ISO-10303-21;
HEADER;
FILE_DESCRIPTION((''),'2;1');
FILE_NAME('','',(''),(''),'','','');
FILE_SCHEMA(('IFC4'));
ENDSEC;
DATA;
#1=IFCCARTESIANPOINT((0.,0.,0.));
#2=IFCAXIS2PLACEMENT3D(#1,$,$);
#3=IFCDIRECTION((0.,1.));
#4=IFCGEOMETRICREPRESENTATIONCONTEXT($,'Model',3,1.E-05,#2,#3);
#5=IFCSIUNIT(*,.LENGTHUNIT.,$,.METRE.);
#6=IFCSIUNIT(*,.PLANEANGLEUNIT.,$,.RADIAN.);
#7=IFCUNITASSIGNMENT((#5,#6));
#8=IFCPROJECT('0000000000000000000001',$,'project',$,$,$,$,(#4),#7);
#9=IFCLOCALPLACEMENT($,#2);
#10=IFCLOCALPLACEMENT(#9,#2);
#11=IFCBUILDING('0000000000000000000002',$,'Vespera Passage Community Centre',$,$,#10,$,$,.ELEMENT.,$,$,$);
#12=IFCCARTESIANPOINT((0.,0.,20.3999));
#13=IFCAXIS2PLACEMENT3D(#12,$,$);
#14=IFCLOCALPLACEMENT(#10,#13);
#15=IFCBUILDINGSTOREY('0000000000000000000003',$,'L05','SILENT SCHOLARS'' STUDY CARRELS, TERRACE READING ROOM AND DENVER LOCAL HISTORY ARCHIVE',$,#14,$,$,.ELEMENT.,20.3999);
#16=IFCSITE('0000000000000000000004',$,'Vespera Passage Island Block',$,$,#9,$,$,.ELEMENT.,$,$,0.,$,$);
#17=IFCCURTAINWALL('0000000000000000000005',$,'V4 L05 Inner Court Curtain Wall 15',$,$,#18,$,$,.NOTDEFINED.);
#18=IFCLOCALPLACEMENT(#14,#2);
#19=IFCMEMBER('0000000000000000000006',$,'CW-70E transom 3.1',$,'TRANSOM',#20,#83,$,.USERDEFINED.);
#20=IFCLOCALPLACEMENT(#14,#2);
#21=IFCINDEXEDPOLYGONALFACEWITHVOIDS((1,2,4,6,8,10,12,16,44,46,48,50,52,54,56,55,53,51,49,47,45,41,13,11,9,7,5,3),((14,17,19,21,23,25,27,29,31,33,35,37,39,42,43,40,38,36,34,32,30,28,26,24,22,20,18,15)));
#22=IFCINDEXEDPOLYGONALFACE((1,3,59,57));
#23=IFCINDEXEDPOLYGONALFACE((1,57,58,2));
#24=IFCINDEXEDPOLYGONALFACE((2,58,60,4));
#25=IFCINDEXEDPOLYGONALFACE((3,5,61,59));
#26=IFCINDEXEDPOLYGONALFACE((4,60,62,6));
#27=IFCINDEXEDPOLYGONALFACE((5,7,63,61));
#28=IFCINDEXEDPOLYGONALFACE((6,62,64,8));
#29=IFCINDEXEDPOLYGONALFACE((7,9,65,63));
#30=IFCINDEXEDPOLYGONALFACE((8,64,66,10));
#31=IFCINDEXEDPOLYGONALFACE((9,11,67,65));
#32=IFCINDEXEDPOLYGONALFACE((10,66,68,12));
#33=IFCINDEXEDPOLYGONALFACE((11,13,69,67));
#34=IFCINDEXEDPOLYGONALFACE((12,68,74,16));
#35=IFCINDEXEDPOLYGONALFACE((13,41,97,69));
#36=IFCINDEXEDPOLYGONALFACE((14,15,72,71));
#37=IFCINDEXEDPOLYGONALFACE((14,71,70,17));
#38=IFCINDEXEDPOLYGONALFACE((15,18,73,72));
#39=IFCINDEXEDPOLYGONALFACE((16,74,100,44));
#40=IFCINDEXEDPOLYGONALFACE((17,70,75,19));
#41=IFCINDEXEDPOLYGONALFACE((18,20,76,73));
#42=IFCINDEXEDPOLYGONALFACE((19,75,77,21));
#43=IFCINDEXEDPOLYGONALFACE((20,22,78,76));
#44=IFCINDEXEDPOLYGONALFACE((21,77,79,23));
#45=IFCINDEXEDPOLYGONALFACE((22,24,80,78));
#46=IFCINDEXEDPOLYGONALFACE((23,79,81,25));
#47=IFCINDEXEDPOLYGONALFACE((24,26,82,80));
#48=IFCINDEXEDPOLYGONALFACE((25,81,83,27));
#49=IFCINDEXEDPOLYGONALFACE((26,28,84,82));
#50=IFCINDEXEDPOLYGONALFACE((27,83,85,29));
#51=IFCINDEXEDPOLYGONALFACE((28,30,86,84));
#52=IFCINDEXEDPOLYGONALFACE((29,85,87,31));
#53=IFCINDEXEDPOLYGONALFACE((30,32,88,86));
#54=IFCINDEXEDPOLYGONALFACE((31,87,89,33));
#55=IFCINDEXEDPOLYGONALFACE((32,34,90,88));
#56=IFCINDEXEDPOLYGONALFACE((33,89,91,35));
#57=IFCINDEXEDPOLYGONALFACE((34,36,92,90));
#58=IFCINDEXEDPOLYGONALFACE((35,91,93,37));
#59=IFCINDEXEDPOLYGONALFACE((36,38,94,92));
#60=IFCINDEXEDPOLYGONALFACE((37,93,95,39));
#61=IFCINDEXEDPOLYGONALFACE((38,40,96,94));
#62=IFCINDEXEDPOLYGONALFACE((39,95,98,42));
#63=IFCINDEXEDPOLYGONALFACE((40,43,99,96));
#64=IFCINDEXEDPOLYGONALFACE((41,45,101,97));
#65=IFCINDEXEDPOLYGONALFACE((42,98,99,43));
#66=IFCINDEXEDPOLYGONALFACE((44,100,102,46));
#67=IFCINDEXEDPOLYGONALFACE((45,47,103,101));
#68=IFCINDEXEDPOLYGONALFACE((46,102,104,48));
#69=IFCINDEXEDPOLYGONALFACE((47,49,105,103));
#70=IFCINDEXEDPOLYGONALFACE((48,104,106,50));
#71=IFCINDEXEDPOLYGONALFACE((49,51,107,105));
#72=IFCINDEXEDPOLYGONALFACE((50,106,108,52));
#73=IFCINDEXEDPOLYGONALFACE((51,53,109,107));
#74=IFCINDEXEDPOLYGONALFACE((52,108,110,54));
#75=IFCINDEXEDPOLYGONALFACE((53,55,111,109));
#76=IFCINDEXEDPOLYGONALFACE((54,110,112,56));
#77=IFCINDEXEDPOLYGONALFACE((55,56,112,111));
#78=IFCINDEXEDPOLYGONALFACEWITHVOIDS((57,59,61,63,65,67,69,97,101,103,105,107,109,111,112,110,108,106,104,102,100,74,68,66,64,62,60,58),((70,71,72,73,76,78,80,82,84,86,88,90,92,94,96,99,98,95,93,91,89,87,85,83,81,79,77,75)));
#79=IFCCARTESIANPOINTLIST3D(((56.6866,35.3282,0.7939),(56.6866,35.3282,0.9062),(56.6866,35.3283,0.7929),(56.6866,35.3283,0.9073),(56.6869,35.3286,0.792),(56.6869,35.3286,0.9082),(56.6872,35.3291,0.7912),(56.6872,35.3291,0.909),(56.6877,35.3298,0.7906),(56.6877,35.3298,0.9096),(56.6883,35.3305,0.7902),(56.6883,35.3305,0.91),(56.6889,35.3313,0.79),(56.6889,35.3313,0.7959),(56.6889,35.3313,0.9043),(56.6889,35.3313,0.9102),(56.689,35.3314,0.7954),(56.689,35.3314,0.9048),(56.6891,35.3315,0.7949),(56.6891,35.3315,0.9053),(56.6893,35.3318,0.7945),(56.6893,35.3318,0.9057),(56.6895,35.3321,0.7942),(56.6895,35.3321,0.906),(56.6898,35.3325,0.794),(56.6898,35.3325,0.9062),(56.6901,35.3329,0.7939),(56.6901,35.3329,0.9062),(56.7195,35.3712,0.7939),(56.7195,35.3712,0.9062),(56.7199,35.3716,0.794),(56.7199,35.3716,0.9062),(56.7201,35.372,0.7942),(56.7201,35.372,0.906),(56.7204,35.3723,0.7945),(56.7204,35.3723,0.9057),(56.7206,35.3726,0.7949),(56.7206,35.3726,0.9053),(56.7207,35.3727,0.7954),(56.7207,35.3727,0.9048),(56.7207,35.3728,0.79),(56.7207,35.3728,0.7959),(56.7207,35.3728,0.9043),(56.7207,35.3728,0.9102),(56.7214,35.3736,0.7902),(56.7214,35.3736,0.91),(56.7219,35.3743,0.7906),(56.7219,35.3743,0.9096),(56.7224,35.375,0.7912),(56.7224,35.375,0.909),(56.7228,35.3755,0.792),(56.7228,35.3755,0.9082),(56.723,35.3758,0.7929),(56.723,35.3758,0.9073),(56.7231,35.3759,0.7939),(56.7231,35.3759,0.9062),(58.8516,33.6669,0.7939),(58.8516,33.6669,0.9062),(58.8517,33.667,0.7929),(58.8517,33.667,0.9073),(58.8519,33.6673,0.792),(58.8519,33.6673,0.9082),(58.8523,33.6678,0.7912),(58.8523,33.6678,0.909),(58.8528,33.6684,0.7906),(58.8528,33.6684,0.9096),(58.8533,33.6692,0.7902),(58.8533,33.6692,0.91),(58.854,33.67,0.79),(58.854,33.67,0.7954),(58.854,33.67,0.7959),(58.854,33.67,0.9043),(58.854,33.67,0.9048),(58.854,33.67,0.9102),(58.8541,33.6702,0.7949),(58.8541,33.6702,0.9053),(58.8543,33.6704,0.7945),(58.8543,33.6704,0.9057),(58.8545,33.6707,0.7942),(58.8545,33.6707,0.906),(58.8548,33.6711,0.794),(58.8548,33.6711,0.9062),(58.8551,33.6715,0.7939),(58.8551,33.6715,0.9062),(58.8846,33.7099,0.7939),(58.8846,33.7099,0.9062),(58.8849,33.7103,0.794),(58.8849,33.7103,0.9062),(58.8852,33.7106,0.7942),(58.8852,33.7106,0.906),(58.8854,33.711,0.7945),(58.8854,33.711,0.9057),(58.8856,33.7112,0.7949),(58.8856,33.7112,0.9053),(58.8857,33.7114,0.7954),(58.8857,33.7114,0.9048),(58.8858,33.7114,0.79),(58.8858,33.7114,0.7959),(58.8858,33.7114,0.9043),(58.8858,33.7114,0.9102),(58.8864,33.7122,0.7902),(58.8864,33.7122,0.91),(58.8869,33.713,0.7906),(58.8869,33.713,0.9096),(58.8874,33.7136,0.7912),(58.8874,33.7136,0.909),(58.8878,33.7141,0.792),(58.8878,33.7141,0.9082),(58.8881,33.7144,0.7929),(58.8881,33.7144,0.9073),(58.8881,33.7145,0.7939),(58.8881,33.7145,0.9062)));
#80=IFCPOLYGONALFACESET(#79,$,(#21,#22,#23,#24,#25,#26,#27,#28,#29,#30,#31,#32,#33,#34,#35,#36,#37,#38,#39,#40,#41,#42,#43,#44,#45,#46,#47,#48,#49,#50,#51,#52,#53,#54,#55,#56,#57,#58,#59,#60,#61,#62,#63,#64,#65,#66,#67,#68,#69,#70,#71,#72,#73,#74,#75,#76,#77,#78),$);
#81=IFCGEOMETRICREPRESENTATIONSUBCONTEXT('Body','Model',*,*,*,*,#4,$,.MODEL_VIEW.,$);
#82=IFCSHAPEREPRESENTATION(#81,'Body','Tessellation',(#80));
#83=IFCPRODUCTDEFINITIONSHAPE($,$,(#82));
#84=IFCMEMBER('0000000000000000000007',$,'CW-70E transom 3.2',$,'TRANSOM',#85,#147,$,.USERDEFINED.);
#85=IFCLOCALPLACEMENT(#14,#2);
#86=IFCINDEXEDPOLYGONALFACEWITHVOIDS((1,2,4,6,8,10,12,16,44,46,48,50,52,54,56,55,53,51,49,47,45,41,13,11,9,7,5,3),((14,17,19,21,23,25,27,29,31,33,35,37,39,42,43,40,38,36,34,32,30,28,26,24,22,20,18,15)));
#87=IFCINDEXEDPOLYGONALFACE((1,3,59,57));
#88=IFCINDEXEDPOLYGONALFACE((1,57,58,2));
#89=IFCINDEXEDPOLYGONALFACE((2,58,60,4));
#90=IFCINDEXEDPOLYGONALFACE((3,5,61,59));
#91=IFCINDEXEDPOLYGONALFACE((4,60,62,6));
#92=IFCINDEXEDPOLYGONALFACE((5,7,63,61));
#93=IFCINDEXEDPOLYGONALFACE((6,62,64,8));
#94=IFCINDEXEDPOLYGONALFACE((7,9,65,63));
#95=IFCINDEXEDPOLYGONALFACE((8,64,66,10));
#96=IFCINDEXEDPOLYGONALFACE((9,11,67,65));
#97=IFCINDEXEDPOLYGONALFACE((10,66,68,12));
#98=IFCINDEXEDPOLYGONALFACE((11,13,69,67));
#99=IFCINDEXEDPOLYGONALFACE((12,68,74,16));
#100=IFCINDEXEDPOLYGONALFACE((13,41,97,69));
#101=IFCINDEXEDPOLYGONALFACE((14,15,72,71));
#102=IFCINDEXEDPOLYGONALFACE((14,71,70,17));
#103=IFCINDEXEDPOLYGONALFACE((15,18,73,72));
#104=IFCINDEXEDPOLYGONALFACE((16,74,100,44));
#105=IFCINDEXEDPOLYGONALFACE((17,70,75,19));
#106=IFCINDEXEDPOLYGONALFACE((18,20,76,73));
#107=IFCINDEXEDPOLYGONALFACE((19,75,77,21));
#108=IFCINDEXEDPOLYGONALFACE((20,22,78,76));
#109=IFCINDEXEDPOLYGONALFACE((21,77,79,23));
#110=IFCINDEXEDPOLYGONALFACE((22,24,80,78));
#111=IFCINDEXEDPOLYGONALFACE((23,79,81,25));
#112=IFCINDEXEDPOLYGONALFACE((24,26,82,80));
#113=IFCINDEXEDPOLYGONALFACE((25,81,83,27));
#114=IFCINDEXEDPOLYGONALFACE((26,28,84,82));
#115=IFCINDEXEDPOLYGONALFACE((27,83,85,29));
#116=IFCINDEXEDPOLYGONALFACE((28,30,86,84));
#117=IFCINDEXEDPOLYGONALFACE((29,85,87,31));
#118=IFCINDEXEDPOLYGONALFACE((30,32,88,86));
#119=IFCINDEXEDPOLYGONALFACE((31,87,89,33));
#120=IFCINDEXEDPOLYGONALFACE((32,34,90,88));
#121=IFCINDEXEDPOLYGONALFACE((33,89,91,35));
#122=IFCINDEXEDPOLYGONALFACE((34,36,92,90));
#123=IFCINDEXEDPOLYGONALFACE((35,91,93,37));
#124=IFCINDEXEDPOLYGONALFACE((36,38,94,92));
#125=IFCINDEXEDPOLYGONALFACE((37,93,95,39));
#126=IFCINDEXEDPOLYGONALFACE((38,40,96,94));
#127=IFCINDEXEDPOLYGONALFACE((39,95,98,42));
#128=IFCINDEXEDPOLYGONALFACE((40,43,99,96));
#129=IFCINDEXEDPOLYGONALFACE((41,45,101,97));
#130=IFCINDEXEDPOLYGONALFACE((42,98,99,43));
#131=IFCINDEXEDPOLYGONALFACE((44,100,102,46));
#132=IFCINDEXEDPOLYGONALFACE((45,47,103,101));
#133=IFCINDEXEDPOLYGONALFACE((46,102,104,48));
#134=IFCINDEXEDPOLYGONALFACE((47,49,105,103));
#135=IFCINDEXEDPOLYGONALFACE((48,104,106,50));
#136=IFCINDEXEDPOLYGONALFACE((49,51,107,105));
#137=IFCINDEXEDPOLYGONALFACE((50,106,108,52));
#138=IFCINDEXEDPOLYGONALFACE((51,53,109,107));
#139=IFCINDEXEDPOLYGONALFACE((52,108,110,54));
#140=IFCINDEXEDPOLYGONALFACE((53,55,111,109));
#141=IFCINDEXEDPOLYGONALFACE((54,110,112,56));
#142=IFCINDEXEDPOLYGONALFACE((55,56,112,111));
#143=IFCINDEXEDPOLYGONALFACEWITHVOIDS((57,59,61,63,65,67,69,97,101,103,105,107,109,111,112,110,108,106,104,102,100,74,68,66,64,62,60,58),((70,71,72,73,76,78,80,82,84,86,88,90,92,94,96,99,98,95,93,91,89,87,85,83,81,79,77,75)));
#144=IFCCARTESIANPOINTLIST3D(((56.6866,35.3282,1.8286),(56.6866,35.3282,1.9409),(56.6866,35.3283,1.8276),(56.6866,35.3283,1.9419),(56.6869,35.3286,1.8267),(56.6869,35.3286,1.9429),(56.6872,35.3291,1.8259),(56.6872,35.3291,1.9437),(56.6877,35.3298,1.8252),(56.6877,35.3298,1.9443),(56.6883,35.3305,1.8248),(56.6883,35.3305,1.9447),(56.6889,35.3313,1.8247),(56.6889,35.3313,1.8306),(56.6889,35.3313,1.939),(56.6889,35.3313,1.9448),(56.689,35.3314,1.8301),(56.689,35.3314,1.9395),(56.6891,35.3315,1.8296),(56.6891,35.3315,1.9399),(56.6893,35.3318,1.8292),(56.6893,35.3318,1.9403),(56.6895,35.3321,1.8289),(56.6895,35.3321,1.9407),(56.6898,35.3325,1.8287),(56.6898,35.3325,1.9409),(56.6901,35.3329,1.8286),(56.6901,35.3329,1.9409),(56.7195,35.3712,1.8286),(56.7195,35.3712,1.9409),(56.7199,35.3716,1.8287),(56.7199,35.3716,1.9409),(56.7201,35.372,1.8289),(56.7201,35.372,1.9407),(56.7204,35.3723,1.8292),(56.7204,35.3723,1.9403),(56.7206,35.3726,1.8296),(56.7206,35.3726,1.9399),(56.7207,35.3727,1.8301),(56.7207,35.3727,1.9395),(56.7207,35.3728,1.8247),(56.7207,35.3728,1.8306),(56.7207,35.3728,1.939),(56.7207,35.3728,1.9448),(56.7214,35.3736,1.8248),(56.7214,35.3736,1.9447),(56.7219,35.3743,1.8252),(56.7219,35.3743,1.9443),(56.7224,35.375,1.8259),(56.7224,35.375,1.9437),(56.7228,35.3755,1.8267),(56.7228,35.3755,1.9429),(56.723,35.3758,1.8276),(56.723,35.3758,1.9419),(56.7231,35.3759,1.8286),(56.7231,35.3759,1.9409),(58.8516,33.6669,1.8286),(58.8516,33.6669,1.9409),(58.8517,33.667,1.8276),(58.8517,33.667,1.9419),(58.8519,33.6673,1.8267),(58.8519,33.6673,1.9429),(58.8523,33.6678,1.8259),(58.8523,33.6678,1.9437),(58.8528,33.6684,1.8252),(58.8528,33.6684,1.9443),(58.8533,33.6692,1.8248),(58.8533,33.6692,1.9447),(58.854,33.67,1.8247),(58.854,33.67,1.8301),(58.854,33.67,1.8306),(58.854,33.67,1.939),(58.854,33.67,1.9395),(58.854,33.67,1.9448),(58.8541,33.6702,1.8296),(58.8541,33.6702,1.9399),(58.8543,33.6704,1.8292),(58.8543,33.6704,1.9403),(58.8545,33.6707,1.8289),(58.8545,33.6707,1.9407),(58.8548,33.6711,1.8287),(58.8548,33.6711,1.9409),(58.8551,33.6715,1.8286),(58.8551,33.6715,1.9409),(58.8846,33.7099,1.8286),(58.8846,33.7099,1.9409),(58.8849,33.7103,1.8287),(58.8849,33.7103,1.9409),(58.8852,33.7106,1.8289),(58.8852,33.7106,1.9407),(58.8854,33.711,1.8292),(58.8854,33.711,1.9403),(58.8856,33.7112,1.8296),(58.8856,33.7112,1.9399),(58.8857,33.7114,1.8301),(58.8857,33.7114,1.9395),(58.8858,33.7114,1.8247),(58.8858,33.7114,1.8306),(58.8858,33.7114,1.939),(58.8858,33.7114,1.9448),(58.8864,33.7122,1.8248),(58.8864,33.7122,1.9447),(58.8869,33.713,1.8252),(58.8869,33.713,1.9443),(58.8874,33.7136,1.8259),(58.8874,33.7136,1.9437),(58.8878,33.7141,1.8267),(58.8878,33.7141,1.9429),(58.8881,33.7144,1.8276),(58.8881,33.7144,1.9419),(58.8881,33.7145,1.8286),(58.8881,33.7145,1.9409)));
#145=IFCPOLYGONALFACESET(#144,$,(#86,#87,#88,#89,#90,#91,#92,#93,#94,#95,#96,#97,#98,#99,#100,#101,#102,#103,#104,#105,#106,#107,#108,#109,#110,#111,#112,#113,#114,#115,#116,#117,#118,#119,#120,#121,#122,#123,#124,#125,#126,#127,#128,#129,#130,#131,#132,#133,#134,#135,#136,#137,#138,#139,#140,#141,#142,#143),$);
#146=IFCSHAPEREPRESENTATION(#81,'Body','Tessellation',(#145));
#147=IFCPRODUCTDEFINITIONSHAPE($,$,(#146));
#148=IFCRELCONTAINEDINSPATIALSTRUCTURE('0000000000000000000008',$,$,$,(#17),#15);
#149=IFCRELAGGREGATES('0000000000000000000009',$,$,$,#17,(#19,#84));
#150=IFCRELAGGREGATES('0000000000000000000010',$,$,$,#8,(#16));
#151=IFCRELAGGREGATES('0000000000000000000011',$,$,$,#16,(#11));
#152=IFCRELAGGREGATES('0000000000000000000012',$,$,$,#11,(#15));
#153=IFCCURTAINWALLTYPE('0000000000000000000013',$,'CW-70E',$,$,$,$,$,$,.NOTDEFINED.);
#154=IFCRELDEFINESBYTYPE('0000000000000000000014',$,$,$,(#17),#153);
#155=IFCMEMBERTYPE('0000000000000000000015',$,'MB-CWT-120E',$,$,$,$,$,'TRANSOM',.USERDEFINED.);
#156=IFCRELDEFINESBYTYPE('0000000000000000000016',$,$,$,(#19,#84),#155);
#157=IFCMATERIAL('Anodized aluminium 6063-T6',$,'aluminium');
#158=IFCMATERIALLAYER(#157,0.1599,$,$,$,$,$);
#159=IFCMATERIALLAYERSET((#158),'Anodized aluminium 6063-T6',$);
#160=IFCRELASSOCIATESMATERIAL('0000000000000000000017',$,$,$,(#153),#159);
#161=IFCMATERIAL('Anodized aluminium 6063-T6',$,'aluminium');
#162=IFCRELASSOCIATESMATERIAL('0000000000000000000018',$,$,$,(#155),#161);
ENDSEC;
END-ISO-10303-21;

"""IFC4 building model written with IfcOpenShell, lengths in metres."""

from ifc_helpers import new_model, si_unit, direction, frame, origin, origin_2d, place, context, subcontext, project, spatial, hollow_rectangle, extrude, material, layer, layer_set, material_profile, profile_set, type_object, element, aggregate, save


model = new_model("IFC4")

# Units and contexts
model_context = context("Model", 3, precision=1e-05, world=origin(), true_north=direction((0.0, 1.0)))
body_context = subcontext(model_context, "Body", "Model", "MODEL_VIEW")
ifc_project = project(units=[si_unit("LENGTHUNIT", "METRE"), si_unit("PLANEANGLEUNIT", "RADIAN")], contexts=[model_context])

# Site, building, storey
site_placement = place(None, origin())
site = spatial("IfcSite", under=ifc_project, at=site_placement, Name="Vespera Passage Island Block", CompositionType="ELEMENT", RefElevation=0.0)
building_placement = place(site_placement, origin())
building = spatial("IfcBuilding", under=site, at=building_placement, Name="Vespera Passage Community Centre", CompositionType="ELEMENT")
storey_placement = place(building_placement, frame((0.0, 0.0, 20.3999)))
storey = spatial("IfcBuildingStorey", under=building, at=storey_placement, Name="L05", Description="SILENT SCHOLARS' STUDY CARRELS, TERRACE READING ROOM AND DENVER LOCAL HISTORY ARCHIVE", CompositionType="ELEMENT", Elevation=20.3999)

# Curtain wall
ifc_material_1 = material(Name="Anodized aluminium 6063-T6", Category="aluminium")
ifc_layer_1 = layer(ifc_material_1, 0.1599)
ifc_layer_set_1 = layer_set([ifc_layer_1], Name="Anodized aluminium 6063-T6")
curtain_wall_type_1 = type_object("IfcCurtainWallType", Name="CW-70E", PredefinedType="NOTDEFINED", material=ifc_layer_set_1)
curtain_wall_1_placement = place(storey_placement, origin())
curtain_wall_1 = element("IfcCurtainWall", 1, at=curtain_wall_1_placement, inside=storey, type_object=curtain_wall_type_1, Name="V4 L05 Inner Court Curtain Wall 15", PredefinedType="NOTDEFINED")

# Members
ifc_material_2 = material(Name="Anodized aluminium 6063-T6", Category="aluminium")
ifc_material_profile_1 = material_profile(ifc_material_2, hollow_rectangle(XDim=0.0601, YDim=0.1201, WallThickness=0.0039, InnerFilletRadius=0.002, OuterFilletRadius=0.0039, at=origin_2d()), Name="ALU120X60X4")
ifc_profile_set_1 = profile_set([ifc_material_profile_1], Name="Anodized aluminium 6063-T6")
member_type_1 = type_object("IfcMemberType", Name="MB-CWT-120E", ElementType="TRANSOM", PredefinedType="USERDEFINED", material=ifc_profile_set_1)
member_1_placement = place(storey_placement, frame((56.7048, 35.3521, 0.8501), z_axis=(0.793338, -0.608781, 0.0), x_axis=(0.608781, 0.793338, 0.0)))
member_1 = element("IfcMember", 2, at=member_1_placement, type_object=member_type_1, Name="CW-70E transom 3.1", ObjectType="TRANSOM", PredefinedType="USERDEFINED", context=body_context, shape_type="SweptSolid", body=[
    extrude(hollow_rectangle(XDim=0.0601, YDim=0.1201, WallThickness=0.0039, InnerFilletRadius=0.002, OuterFilletRadius=0.0039, at=origin_2d()), origin(), (0.0, 0.0, 1.0), 2.729),
])
member_2_placement = place(storey_placement, frame((56.7048, 35.3521, 1.8848), z_axis=(0.793338, -0.608781, 0.0), x_axis=(0.608781, 0.793338, 0.0)))
member_2 = element("IfcMember", 3, at=member_2_placement, type_object=member_type_1, Name="CW-70E transom 3.2", ObjectType="TRANSOM", PredefinedType="USERDEFINED", context=body_context, shape_type="SweptSolid", body=[
    extrude(hollow_rectangle(XDim=0.0601, YDim=0.1201, WallThickness=0.0039, InnerFilletRadius=0.002, OuterFilletRadius=0.0039, at=origin_2d()), origin(), (0.0, 0.0, 1.0), 2.729),
])

aggregate(curtain_wall_1, [member_1, member_2])

save(model, "model.ifc")
